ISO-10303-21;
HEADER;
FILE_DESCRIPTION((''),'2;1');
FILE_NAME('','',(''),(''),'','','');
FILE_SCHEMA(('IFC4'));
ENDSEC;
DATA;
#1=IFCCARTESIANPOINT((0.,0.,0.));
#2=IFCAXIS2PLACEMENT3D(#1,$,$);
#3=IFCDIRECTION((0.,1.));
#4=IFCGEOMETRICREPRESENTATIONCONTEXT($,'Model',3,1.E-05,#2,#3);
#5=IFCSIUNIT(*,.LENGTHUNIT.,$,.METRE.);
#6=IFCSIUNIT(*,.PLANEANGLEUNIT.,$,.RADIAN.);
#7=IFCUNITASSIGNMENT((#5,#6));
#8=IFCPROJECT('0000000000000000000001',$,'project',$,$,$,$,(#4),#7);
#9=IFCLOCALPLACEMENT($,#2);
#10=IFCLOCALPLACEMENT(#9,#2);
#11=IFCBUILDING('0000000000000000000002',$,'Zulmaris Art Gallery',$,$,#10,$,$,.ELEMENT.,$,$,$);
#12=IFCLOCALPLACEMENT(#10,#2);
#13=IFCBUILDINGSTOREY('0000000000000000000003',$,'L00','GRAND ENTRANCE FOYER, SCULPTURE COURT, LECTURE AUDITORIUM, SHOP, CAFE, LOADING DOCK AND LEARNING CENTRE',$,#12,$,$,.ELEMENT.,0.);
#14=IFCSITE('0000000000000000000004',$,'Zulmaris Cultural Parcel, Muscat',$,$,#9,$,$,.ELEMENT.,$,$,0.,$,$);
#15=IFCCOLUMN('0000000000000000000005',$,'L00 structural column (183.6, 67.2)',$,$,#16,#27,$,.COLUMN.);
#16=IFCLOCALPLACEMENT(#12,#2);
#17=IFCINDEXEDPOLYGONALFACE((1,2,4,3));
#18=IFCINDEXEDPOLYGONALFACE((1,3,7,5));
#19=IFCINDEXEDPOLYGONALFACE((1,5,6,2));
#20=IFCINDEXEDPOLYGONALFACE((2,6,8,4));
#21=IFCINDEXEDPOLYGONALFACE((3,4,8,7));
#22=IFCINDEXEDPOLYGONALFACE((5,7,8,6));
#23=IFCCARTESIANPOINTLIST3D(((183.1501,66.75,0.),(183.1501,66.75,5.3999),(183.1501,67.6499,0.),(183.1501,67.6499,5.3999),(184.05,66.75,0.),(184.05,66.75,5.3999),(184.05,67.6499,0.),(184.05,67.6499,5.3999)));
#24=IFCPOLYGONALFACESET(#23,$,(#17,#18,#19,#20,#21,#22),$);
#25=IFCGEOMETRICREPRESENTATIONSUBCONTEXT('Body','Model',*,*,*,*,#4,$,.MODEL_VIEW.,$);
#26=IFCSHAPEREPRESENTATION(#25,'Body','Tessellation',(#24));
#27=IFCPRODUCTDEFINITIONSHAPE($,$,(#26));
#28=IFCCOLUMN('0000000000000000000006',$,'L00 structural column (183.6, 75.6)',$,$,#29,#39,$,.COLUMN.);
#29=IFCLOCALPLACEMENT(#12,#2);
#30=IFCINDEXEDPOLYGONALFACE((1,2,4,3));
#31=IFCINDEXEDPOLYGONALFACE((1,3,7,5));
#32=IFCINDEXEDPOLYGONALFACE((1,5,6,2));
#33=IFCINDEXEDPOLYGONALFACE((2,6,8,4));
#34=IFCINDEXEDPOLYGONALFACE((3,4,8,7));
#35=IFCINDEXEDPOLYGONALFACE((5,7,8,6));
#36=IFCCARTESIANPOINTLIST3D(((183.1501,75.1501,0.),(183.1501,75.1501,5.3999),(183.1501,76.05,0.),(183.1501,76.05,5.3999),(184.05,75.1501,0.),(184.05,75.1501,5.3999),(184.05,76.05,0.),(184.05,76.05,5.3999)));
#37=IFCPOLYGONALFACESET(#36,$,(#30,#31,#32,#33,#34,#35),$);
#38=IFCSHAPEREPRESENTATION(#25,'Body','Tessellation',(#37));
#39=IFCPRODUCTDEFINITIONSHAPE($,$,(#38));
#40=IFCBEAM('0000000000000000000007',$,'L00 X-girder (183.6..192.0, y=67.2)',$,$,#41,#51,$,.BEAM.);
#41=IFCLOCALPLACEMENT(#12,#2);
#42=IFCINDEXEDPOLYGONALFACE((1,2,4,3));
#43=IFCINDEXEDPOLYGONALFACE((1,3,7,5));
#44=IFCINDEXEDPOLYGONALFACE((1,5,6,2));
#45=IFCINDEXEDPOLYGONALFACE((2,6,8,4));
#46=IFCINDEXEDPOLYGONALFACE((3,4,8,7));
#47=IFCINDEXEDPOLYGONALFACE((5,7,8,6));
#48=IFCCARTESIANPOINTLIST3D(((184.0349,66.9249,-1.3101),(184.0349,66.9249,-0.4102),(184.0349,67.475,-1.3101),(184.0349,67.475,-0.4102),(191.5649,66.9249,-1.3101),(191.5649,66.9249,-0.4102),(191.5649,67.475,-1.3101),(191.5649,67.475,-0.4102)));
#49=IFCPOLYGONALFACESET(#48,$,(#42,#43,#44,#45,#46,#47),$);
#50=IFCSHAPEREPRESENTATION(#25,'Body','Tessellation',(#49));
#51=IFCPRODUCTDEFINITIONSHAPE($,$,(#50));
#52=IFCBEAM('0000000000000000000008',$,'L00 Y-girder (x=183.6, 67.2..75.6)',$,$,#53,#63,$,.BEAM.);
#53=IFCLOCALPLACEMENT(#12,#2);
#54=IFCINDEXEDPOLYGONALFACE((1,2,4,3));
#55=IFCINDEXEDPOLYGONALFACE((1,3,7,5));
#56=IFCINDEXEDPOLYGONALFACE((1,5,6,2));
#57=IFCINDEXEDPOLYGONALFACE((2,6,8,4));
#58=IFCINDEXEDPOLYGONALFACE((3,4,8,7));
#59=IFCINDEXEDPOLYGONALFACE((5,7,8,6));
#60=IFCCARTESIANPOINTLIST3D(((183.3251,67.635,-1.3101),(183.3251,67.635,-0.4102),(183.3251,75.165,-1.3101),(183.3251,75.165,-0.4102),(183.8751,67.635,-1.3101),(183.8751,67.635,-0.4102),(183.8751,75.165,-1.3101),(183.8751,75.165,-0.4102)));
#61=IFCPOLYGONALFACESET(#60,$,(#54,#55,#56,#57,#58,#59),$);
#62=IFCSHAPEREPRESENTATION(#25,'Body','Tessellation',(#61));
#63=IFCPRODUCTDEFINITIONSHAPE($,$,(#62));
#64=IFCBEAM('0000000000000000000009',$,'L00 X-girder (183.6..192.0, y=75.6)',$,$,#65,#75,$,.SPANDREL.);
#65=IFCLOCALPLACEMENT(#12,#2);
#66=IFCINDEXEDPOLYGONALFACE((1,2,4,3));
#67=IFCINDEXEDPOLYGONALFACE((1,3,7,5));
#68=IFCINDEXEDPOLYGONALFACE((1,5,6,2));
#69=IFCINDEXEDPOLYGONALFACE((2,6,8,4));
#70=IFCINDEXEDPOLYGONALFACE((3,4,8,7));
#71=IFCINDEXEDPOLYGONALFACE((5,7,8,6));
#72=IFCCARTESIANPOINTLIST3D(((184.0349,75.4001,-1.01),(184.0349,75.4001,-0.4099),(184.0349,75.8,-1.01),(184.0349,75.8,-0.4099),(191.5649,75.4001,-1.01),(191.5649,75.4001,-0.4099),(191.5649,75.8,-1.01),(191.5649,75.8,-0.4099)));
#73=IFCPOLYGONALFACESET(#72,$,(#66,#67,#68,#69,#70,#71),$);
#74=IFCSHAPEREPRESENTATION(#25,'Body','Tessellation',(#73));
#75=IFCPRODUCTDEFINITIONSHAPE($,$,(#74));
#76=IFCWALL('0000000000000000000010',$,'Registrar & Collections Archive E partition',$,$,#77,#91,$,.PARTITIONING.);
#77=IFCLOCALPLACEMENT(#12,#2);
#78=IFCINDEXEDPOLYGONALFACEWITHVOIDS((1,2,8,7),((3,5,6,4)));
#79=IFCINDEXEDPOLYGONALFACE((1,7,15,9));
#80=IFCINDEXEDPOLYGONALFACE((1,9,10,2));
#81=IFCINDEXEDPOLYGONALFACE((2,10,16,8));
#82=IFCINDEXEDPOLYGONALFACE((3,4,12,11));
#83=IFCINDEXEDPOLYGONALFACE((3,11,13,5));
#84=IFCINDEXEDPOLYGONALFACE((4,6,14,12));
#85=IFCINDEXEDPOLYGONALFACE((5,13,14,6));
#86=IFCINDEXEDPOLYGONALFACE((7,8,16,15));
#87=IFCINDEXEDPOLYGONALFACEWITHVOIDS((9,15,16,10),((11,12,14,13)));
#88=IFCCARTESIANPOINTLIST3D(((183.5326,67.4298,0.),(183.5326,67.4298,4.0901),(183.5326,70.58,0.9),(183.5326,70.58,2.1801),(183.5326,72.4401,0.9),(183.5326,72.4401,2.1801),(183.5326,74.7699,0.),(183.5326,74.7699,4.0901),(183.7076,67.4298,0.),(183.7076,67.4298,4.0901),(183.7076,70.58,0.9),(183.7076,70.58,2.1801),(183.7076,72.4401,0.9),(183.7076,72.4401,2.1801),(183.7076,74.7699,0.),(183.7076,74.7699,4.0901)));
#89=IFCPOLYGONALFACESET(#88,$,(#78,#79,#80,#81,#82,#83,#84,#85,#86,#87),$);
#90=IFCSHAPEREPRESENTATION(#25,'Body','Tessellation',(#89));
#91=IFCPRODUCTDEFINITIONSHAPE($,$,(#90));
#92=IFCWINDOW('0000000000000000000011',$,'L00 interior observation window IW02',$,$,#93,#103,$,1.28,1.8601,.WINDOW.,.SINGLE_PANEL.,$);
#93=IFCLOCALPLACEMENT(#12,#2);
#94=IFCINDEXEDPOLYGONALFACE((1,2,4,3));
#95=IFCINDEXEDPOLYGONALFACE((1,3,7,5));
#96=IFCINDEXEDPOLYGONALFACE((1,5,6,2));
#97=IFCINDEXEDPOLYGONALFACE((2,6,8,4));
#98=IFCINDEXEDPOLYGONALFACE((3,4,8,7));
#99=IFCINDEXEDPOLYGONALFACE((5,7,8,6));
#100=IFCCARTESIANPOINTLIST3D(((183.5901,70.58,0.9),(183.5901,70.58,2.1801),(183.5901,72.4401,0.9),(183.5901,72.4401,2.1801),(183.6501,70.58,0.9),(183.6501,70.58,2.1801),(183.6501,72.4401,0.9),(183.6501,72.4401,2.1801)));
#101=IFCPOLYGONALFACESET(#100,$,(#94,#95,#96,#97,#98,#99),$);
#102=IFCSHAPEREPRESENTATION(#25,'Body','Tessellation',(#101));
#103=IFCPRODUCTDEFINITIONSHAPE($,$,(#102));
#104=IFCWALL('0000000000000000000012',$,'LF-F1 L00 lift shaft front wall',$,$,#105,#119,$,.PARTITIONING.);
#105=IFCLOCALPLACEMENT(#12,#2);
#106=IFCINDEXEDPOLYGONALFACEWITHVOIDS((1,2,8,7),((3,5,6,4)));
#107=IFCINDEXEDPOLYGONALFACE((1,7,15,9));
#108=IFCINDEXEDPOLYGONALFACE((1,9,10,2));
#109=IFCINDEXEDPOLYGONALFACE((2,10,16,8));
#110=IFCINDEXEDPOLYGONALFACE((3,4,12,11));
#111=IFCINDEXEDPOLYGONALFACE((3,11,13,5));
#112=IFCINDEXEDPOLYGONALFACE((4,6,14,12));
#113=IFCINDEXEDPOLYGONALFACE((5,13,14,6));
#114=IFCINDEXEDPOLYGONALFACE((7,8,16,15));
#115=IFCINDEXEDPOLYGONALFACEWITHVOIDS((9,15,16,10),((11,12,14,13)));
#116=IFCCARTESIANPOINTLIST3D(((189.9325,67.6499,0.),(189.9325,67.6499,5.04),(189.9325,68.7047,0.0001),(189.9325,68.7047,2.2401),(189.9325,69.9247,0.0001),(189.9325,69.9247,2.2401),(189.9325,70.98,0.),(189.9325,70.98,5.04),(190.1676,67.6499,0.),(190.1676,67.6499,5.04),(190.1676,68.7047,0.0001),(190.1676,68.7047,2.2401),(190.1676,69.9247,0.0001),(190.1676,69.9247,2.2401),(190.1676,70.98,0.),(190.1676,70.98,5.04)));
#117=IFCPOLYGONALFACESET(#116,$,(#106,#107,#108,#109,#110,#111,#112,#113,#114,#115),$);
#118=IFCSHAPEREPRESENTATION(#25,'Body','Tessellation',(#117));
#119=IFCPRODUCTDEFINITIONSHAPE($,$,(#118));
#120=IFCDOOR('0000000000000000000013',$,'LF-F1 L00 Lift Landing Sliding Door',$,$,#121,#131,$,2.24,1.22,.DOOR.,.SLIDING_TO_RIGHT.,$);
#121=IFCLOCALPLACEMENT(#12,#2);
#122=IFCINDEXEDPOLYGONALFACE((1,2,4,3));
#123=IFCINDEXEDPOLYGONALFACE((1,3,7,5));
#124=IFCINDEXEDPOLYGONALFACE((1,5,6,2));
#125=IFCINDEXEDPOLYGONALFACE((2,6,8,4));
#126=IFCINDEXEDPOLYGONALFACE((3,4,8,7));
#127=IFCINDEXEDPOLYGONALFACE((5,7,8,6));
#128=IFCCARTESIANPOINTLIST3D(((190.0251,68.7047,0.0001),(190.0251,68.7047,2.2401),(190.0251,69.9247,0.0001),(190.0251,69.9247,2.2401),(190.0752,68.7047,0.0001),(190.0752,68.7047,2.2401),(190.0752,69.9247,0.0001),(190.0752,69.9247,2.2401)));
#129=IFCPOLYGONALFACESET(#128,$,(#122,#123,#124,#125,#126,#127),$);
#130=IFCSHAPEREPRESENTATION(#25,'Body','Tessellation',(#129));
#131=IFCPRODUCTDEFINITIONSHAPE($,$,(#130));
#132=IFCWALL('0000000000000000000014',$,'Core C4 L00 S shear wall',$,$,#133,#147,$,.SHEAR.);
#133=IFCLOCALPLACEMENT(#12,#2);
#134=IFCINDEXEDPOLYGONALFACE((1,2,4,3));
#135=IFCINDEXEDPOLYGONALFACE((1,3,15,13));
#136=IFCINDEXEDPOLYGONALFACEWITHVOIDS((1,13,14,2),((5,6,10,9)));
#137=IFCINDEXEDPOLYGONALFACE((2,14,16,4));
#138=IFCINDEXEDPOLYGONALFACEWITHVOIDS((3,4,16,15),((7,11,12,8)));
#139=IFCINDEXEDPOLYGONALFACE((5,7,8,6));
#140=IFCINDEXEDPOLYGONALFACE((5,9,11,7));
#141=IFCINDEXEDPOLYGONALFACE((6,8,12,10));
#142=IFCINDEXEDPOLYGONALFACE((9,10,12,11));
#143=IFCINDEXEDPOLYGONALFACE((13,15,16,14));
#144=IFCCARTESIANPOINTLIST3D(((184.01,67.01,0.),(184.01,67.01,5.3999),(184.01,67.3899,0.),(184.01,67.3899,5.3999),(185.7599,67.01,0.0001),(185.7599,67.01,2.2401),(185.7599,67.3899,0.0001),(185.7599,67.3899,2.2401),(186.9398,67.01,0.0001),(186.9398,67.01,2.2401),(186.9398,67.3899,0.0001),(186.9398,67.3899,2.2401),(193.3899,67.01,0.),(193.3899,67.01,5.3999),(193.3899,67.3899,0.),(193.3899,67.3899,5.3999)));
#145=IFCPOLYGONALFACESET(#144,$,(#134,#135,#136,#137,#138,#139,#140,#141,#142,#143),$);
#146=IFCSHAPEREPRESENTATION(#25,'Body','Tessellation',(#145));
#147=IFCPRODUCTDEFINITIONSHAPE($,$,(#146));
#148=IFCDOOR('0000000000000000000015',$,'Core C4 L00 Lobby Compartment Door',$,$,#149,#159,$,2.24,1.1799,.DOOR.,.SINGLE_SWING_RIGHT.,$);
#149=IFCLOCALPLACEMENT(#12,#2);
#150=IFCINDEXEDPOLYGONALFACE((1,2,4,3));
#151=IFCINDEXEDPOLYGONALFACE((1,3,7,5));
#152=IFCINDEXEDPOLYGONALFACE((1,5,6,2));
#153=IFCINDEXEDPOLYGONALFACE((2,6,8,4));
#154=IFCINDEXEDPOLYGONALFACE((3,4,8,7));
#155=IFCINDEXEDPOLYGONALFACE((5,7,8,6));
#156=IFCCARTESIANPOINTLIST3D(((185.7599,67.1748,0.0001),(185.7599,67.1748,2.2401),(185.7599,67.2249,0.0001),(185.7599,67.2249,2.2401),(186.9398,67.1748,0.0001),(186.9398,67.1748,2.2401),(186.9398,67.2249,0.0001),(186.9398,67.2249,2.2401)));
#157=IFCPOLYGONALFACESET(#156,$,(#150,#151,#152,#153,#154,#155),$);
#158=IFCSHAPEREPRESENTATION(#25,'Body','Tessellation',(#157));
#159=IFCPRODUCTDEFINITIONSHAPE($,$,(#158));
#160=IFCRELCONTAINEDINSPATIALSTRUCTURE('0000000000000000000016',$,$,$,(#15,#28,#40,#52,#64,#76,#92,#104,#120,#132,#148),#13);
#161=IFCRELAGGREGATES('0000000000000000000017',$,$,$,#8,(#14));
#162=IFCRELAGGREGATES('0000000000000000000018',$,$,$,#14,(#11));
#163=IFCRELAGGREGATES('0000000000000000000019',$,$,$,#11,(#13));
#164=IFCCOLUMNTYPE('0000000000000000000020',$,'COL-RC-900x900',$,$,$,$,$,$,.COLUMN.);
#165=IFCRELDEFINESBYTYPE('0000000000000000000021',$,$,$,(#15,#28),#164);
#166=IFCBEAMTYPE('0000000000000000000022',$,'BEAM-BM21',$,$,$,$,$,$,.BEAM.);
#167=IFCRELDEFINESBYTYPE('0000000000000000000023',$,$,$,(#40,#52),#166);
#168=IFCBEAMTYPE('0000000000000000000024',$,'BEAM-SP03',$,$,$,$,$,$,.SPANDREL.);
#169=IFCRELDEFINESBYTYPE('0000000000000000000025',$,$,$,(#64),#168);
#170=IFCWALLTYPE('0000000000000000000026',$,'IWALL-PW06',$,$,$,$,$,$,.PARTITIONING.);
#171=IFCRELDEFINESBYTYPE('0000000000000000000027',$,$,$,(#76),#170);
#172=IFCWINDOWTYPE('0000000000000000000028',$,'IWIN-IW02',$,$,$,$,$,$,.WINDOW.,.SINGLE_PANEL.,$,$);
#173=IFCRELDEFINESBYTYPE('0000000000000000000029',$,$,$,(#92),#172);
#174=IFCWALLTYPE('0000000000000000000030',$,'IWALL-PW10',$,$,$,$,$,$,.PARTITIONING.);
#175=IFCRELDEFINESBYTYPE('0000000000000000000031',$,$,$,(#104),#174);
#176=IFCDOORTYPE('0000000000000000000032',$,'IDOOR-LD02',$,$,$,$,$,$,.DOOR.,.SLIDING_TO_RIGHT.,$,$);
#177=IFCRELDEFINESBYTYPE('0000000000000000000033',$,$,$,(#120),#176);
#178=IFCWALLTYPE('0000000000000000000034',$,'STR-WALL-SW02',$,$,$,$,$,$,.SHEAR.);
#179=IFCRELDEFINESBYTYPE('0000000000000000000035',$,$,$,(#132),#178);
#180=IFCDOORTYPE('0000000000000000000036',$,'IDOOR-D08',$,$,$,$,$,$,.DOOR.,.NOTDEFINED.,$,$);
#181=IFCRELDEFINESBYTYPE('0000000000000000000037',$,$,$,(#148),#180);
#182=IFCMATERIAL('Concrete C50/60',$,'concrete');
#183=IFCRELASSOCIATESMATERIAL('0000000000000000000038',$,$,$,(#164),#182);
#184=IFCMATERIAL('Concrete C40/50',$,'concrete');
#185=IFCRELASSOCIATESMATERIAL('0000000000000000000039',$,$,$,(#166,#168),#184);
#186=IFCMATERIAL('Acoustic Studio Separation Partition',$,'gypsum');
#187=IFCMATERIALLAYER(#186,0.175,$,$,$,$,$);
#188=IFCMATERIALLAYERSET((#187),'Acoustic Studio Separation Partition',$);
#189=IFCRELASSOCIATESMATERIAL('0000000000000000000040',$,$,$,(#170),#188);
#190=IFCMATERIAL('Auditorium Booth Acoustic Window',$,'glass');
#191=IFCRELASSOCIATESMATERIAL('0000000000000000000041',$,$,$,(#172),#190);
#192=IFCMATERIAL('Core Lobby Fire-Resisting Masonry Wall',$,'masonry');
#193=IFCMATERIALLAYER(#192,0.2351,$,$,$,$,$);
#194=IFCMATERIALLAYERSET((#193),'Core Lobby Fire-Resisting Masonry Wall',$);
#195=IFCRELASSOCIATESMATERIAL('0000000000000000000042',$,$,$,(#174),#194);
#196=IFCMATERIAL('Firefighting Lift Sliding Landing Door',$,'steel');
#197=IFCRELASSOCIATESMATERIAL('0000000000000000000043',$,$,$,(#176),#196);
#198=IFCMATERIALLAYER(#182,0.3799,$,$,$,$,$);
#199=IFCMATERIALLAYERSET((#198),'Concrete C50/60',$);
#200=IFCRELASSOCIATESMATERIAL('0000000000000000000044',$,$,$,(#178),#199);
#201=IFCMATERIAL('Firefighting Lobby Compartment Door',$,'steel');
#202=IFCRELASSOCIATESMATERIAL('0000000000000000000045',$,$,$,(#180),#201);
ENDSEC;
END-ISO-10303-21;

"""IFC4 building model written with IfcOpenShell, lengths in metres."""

from ifc_helpers import new_model, si_unit, direction, frame, frame_2d, origin, origin_2d, place, context, subcontext, project, spatial, rectangle, extrude, material, layer, layer_set, material_profile, profile_set, type_object, element, fill, save


model = new_model("IFC4")

# Units and contexts
model_context = context("Model", 3, precision=1e-05, world=origin(), true_north=direction((0.0, 1.0)))
body_context = subcontext(model_context, "Body", "Model", "MODEL_VIEW")
ifc_project = project(units=[si_unit("LENGTHUNIT", "METRE"), si_unit("PLANEANGLEUNIT", "RADIAN")], contexts=[model_context])

# Site, building, storey
site_placement = place(None, origin())
site = spatial("IfcSite", under=ifc_project, at=site_placement, Name="Zulmaris Cultural Parcel, Muscat", CompositionType="ELEMENT", RefElevation=0.0)
building_placement = place(site_placement, origin())
building = spatial("IfcBuilding", under=site, at=building_placement, Name="Zulmaris Art Gallery", CompositionType="ELEMENT")
storey_placement = place(building_placement, origin())
storey = spatial("IfcBuildingStorey", under=building, at=storey_placement, Name="L00", Description="GRAND ENTRANCE FOYER, SCULPTURE COURT, LECTURE AUDITORIUM, SHOP, CAFE, LOADING DOCK AND LEARNING CENTRE", CompositionType="ELEMENT", Elevation=0.0)

# Columns
ifc_material_1 = material(Name="Concrete C50/60", Category="concrete")
ifc_material_profile_1 = material_profile(ifc_material_1, rectangle(XDim=0.8999, YDim=0.8999, at=origin_2d()), Name="RC 900x900")
ifc_profile_set_1 = profile_set([ifc_material_profile_1], Name="Concrete C50/60")
column_type = type_object("IfcColumnType", Name="COL-RC-900x900", PredefinedType="COLUMN", material=ifc_profile_set_1)
for number, where, z_axis, x_axis, name in (
    (1, (183.6001, 67.2, 0.0), (0.0, 0.0, 1.0), (1.0, 0.0, 0.0), "L00 structural column (183.6, 67.2)"),
    (2, (183.6001, 75.6001, 0.0), (0.0, 0.0, 1.0), (1.0, 0.0, 0.0), "L00 structural column (183.6, 75.6)"),
):
    element("IfcColumn", number, at=place(storey_placement, frame(where, z_axis=z_axis, x_axis=x_axis)), inside=storey, type_object=column_type, Name=name, PredefinedType="COLUMN", context=body_context, shape_type="SweptSolid", body=[
        extrude(rectangle(XDim=0.8999, YDim=0.8999, at=origin_2d()), origin(), (0.0, 0.0, 1.0), 5.3999),
    ])

# Beams
ifc_material_2 = material(Name="Concrete C40/50", Category="concrete")
ifc_material_profile_2 = material_profile(ifc_material_2, rectangle(XDim=0.55, YDim=0.8999, at=origin_2d()), Name="RC 550x900")
ifc_profile_set_2 = profile_set([ifc_material_profile_2], Name="Concrete C40/50")
beam_type_1 = type_object("IfcBeamType", Name="BEAM-BM21", PredefinedType="BEAM", material=ifc_profile_set_2)
for number, where, z_axis, x_axis, name in (
    (3, (184.0349, 67.2, -0.8601), (1.0, 0.0, 0.0), (0.0, 1.0, 0.0), "L00 X-girder (183.6..192.0, y=67.2)"),
    (4, (183.6001, 67.635, -0.8601), (0.0, 1.0, 0.0), (-1.0, 0.0, 0.0), "L00 Y-girder (x=183.6, 67.2..75.6)"),
):
    element("IfcBeam", number, at=place(storey_placement, frame(where, z_axis=z_axis, x_axis=x_axis)), inside=storey, type_object=beam_type_1, Name=name, PredefinedType="BEAM", context=body_context, shape_type="SweptSolid", body=[
        extrude(rectangle(XDim=0.55, YDim=0.8999, at=origin_2d()), origin(), (0.0, 0.0, 1.0), 7.53),
    ])
ifc_material_profile_3 = material_profile(ifc_material_2, rectangle(XDim=0.3999, YDim=0.6001, at=origin_2d()), Name="RC 400x600")
ifc_profile_set_3 = profile_set([ifc_material_profile_3], Name="Concrete C40/50")
beam_type_2 = type_object("IfcBeamType", Name="BEAM-SP03", PredefinedType="SPANDREL", material=ifc_profile_set_3)
beam_placement = place(storey_placement, frame((184.0349, 75.6001, -0.71), z_axis=(1.0, 0.0, 0.0), x_axis=(0.0, 1.0, 0.0)))
element("IfcBeam", 5, at=beam_placement, inside=storey, type_object=beam_type_2, Name="L00 X-girder (183.6..192.0, y=75.6)", PredefinedType="SPANDREL", context=body_context, shape_type="SweptSolid", body=[
    extrude(rectangle(XDim=0.3999, YDim=0.6001, at=origin_2d()), origin(), (0.0, 0.0, 1.0), 7.53),
])

# Wall, opening, window
ifc_material_3 = material(Name="Acoustic Studio Separation Partition", Category="gypsum")
ifc_layer_1 = layer(ifc_material_3, 0.175)
ifc_layer_set_1 = layer_set([ifc_layer_1], Name="Acoustic Studio Separation Partition")
wall_type_1 = type_object("IfcWallType", Name="IWALL-PW06", PredefinedType="PARTITIONING", material=ifc_layer_set_1)
wall_1_placement = place(storey_placement, frame((183.6201, 67.4299, 0.0), z_axis=(0.0, 0.0, 1.0), x_axis=(0.0, 1.0, 0.0)))
wall_1 = element("IfcWall", 6, at=wall_1_placement, inside=storey, type_object=wall_type_1, Name="Registrar & Collections Archive E partition", PredefinedType="PARTITIONING", context=body_context, shape_type="SweptSolid", body=[
    extrude(rectangle(XDim=7.3401, YDim=0.175, at=frame_2d((3.6699, 0.0))), origin(), (0.0, 0.0, 1.0), 4.0901),
])
opening_1_placement = place(wall_1_placement, frame((3.1499, 0.0, 0.8999)))
opening_1 = element("IfcOpeningElement", 7, at=opening_1_placement, cuts=wall_1, PredefinedType="OPENING", context=body_context, shape_type="SweptSolid", body=[
    extrude(rectangle(XDim=1.8601, YDim=1.28, at=frame_2d((0.9302, 0.6401))), frame((0.0, 0.0974, 0.0), z_axis=(0.0, -1.0, 0.0), x_axis=(1.0, 0.0, 0.0)), (0.0, 0.0, 1.0), 0.1951),
])
ifc_material_4 = material(Name="Auditorium Booth Acoustic Window", Category="glass")
window_type = type_object("IfcWindowType", Name="IWIN-IW02", PartitioningType="SINGLE_PANEL", PredefinedType="WINDOW", material=ifc_material_4)
window_placement = place(opening_1_placement, origin())
window = element("IfcWindow", 8, at=window_placement, inside=storey, type_object=window_type, Name="L00 interior observation window IW02", OverallHeight=1.28, OverallWidth=1.8601, PartitioningType="SINGLE_PANEL", PredefinedType="WINDOW", context=body_context, shape_type="SweptSolid", body=[
    extrude(rectangle(XDim=1.8601, YDim=1.28, at=frame_2d((0.9302, 0.6401))), frame((0.0, 0.03, 0.0), z_axis=(0.0, -1.0, 0.0), x_axis=(1.0, 0.0, 0.0)), (0.0, 0.0, 1.0), 0.0601),
])
fill(opening_1, window)

# Walls, openings, doors
ifc_material_5 = material(Name="Core Lobby Fire-Resisting Masonry Wall", Category="masonry")
ifc_layer_2 = layer(ifc_material_5, 0.2351)
ifc_layer_set_2 = layer_set([ifc_layer_2], Name="Core Lobby Fire-Resisting Masonry Wall")
wall_type_2 = type_object("IfcWallType", Name="IWALL-PW10", PredefinedType="PARTITIONING", material=ifc_layer_set_2)
wall_2_placement = place(storey_placement, frame((190.05, 67.6499, 0.0), z_axis=(0.0, 0.0, 1.0), x_axis=(0.0, 1.0, 0.0)))
wall_2 = element("IfcWall", 9, at=wall_2_placement, inside=storey, type_object=wall_type_2, Name="LF-F1 L00 lift shaft front wall", PredefinedType="PARTITIONING", context=body_context, shape_type="SweptSolid", body=[
    extrude(rectangle(XDim=3.3301, YDim=0.2351, at=frame_2d((1.665, 0.0))), origin(), (0.0, 0.0, 1.0), 5.04),
])
opening_2_placement = place(wall_2_placement, frame((1.0549, 0.0, 0.0)))
opening_2 = element("IfcOpeningElement", 10, at=opening_2_placement, cuts=wall_2, PredefinedType="OPENING", context=body_context, shape_type="SweptSolid", body=[
    extrude(rectangle(XDim=1.22, YDim=2.24, at=frame_2d((0.6099, 1.1201))), frame((0.0, 0.1274, 0.0), z_axis=(0.0, -1.0, 0.0), x_axis=(1.0, 0.0, 0.0)), (0.0, 0.0, 1.0), 0.2551),
])
ifc_material_6 = material(Name="Firefighting Lift Sliding Landing Door", Category="steel")
door_type_1 = type_object("IfcDoorType", Name="IDOOR-LD02", OperationType="SLIDING_TO_RIGHT", PredefinedType="DOOR", material=ifc_material_6)
door_1_placement = place(opening_2_placement, origin())
door_1 = element("IfcDoor", 11, at=door_1_placement, inside=storey, type_object=door_type_1, Name="LF-F1 L00 Lift Landing Sliding Door", OperationType="SLIDING_TO_RIGHT", OverallHeight=2.24, OverallWidth=1.22, PredefinedType="DOOR", context=body_context, shape_type="SweptSolid", body=[
    extrude(rectangle(XDim=1.22, YDim=2.24, at=frame_2d((0.6099, 1.1201))), frame((0.0, 0.0249, 0.0), z_axis=(0.0, -1.0, 0.0), x_axis=(1.0, 0.0, 0.0)), (0.0, 0.0, 1.0), 0.05),
])
fill(opening_2, door_1)
ifc_layer_3 = layer(ifc_material_1, 0.3799)
ifc_layer_set_3 = layer_set([ifc_layer_3], Name="Concrete C50/60")
wall_type_3 = type_object("IfcWallType", Name="STR-WALL-SW02", PredefinedType="SHEAR", material=ifc_layer_set_3)
wall_3_placement = place(storey_placement, frame((184.01, 67.2, 0.0), z_axis=(0.0, 0.0, 1.0), x_axis=(1.0, 0.0, 0.0)))
wall_3 = element("IfcWall", 12, at=wall_3_placement, inside=storey, type_object=wall_type_3, Name="Core C4 L00 S shear wall", PredefinedType="SHEAR", context=body_context, shape_type="SweptSolid", body=[
    extrude(rectangle(XDim=9.3799, YDim=0.3799, at=frame_2d((4.6899, 0.0))), origin(), (0.0, 0.0, 1.0), 5.3999),
])
opening_3_placement = place(wall_3_placement, frame((1.75, 0.0, 0.0)))
opening_3 = element("IfcOpeningElement", 13, at=opening_3_placement, cuts=wall_3, PredefinedType="OPENING", context=body_context, shape_type="SweptSolid", body=[
    extrude(rectangle(XDim=1.1799, YDim=2.24, at=frame_2d((0.5898, 1.1201))), frame((0.0, 0.2, 0.0), z_axis=(0.0, -1.0, 0.0), x_axis=(1.0, 0.0, 0.0)), (0.0, 0.0, 1.0), 0.3999),
])
ifc_material_7 = material(Name="Firefighting Lobby Compartment Door", Category="steel")
door_type_2 = type_object("IfcDoorType", Name="IDOOR-D08", OperationType="NOTDEFINED", PredefinedType="DOOR", material=ifc_material_7)
door_2_placement = place(opening_3_placement, origin())
door_2 = element("IfcDoor", 14, at=door_2_placement, inside=storey, type_object=door_type_2, Name="Core C4 L00 Lobby Compartment Door", OperationType="SINGLE_SWING_RIGHT", OverallHeight=2.24, OverallWidth=1.1799, PredefinedType="DOOR", context=body_context, shape_type="SweptSolid", body=[
    extrude(rectangle(XDim=1.1799, YDim=2.24, at=frame_2d((0.5898, 1.1201))), frame((0.0, 0.0249, 0.0), z_axis=(0.0, -1.0, 0.0), x_axis=(1.0, 0.0, 0.0)), (0.0, 0.0, 1.0), 0.05),
])
fill(opening_3, door_2)

save(model, "model.ifc")
